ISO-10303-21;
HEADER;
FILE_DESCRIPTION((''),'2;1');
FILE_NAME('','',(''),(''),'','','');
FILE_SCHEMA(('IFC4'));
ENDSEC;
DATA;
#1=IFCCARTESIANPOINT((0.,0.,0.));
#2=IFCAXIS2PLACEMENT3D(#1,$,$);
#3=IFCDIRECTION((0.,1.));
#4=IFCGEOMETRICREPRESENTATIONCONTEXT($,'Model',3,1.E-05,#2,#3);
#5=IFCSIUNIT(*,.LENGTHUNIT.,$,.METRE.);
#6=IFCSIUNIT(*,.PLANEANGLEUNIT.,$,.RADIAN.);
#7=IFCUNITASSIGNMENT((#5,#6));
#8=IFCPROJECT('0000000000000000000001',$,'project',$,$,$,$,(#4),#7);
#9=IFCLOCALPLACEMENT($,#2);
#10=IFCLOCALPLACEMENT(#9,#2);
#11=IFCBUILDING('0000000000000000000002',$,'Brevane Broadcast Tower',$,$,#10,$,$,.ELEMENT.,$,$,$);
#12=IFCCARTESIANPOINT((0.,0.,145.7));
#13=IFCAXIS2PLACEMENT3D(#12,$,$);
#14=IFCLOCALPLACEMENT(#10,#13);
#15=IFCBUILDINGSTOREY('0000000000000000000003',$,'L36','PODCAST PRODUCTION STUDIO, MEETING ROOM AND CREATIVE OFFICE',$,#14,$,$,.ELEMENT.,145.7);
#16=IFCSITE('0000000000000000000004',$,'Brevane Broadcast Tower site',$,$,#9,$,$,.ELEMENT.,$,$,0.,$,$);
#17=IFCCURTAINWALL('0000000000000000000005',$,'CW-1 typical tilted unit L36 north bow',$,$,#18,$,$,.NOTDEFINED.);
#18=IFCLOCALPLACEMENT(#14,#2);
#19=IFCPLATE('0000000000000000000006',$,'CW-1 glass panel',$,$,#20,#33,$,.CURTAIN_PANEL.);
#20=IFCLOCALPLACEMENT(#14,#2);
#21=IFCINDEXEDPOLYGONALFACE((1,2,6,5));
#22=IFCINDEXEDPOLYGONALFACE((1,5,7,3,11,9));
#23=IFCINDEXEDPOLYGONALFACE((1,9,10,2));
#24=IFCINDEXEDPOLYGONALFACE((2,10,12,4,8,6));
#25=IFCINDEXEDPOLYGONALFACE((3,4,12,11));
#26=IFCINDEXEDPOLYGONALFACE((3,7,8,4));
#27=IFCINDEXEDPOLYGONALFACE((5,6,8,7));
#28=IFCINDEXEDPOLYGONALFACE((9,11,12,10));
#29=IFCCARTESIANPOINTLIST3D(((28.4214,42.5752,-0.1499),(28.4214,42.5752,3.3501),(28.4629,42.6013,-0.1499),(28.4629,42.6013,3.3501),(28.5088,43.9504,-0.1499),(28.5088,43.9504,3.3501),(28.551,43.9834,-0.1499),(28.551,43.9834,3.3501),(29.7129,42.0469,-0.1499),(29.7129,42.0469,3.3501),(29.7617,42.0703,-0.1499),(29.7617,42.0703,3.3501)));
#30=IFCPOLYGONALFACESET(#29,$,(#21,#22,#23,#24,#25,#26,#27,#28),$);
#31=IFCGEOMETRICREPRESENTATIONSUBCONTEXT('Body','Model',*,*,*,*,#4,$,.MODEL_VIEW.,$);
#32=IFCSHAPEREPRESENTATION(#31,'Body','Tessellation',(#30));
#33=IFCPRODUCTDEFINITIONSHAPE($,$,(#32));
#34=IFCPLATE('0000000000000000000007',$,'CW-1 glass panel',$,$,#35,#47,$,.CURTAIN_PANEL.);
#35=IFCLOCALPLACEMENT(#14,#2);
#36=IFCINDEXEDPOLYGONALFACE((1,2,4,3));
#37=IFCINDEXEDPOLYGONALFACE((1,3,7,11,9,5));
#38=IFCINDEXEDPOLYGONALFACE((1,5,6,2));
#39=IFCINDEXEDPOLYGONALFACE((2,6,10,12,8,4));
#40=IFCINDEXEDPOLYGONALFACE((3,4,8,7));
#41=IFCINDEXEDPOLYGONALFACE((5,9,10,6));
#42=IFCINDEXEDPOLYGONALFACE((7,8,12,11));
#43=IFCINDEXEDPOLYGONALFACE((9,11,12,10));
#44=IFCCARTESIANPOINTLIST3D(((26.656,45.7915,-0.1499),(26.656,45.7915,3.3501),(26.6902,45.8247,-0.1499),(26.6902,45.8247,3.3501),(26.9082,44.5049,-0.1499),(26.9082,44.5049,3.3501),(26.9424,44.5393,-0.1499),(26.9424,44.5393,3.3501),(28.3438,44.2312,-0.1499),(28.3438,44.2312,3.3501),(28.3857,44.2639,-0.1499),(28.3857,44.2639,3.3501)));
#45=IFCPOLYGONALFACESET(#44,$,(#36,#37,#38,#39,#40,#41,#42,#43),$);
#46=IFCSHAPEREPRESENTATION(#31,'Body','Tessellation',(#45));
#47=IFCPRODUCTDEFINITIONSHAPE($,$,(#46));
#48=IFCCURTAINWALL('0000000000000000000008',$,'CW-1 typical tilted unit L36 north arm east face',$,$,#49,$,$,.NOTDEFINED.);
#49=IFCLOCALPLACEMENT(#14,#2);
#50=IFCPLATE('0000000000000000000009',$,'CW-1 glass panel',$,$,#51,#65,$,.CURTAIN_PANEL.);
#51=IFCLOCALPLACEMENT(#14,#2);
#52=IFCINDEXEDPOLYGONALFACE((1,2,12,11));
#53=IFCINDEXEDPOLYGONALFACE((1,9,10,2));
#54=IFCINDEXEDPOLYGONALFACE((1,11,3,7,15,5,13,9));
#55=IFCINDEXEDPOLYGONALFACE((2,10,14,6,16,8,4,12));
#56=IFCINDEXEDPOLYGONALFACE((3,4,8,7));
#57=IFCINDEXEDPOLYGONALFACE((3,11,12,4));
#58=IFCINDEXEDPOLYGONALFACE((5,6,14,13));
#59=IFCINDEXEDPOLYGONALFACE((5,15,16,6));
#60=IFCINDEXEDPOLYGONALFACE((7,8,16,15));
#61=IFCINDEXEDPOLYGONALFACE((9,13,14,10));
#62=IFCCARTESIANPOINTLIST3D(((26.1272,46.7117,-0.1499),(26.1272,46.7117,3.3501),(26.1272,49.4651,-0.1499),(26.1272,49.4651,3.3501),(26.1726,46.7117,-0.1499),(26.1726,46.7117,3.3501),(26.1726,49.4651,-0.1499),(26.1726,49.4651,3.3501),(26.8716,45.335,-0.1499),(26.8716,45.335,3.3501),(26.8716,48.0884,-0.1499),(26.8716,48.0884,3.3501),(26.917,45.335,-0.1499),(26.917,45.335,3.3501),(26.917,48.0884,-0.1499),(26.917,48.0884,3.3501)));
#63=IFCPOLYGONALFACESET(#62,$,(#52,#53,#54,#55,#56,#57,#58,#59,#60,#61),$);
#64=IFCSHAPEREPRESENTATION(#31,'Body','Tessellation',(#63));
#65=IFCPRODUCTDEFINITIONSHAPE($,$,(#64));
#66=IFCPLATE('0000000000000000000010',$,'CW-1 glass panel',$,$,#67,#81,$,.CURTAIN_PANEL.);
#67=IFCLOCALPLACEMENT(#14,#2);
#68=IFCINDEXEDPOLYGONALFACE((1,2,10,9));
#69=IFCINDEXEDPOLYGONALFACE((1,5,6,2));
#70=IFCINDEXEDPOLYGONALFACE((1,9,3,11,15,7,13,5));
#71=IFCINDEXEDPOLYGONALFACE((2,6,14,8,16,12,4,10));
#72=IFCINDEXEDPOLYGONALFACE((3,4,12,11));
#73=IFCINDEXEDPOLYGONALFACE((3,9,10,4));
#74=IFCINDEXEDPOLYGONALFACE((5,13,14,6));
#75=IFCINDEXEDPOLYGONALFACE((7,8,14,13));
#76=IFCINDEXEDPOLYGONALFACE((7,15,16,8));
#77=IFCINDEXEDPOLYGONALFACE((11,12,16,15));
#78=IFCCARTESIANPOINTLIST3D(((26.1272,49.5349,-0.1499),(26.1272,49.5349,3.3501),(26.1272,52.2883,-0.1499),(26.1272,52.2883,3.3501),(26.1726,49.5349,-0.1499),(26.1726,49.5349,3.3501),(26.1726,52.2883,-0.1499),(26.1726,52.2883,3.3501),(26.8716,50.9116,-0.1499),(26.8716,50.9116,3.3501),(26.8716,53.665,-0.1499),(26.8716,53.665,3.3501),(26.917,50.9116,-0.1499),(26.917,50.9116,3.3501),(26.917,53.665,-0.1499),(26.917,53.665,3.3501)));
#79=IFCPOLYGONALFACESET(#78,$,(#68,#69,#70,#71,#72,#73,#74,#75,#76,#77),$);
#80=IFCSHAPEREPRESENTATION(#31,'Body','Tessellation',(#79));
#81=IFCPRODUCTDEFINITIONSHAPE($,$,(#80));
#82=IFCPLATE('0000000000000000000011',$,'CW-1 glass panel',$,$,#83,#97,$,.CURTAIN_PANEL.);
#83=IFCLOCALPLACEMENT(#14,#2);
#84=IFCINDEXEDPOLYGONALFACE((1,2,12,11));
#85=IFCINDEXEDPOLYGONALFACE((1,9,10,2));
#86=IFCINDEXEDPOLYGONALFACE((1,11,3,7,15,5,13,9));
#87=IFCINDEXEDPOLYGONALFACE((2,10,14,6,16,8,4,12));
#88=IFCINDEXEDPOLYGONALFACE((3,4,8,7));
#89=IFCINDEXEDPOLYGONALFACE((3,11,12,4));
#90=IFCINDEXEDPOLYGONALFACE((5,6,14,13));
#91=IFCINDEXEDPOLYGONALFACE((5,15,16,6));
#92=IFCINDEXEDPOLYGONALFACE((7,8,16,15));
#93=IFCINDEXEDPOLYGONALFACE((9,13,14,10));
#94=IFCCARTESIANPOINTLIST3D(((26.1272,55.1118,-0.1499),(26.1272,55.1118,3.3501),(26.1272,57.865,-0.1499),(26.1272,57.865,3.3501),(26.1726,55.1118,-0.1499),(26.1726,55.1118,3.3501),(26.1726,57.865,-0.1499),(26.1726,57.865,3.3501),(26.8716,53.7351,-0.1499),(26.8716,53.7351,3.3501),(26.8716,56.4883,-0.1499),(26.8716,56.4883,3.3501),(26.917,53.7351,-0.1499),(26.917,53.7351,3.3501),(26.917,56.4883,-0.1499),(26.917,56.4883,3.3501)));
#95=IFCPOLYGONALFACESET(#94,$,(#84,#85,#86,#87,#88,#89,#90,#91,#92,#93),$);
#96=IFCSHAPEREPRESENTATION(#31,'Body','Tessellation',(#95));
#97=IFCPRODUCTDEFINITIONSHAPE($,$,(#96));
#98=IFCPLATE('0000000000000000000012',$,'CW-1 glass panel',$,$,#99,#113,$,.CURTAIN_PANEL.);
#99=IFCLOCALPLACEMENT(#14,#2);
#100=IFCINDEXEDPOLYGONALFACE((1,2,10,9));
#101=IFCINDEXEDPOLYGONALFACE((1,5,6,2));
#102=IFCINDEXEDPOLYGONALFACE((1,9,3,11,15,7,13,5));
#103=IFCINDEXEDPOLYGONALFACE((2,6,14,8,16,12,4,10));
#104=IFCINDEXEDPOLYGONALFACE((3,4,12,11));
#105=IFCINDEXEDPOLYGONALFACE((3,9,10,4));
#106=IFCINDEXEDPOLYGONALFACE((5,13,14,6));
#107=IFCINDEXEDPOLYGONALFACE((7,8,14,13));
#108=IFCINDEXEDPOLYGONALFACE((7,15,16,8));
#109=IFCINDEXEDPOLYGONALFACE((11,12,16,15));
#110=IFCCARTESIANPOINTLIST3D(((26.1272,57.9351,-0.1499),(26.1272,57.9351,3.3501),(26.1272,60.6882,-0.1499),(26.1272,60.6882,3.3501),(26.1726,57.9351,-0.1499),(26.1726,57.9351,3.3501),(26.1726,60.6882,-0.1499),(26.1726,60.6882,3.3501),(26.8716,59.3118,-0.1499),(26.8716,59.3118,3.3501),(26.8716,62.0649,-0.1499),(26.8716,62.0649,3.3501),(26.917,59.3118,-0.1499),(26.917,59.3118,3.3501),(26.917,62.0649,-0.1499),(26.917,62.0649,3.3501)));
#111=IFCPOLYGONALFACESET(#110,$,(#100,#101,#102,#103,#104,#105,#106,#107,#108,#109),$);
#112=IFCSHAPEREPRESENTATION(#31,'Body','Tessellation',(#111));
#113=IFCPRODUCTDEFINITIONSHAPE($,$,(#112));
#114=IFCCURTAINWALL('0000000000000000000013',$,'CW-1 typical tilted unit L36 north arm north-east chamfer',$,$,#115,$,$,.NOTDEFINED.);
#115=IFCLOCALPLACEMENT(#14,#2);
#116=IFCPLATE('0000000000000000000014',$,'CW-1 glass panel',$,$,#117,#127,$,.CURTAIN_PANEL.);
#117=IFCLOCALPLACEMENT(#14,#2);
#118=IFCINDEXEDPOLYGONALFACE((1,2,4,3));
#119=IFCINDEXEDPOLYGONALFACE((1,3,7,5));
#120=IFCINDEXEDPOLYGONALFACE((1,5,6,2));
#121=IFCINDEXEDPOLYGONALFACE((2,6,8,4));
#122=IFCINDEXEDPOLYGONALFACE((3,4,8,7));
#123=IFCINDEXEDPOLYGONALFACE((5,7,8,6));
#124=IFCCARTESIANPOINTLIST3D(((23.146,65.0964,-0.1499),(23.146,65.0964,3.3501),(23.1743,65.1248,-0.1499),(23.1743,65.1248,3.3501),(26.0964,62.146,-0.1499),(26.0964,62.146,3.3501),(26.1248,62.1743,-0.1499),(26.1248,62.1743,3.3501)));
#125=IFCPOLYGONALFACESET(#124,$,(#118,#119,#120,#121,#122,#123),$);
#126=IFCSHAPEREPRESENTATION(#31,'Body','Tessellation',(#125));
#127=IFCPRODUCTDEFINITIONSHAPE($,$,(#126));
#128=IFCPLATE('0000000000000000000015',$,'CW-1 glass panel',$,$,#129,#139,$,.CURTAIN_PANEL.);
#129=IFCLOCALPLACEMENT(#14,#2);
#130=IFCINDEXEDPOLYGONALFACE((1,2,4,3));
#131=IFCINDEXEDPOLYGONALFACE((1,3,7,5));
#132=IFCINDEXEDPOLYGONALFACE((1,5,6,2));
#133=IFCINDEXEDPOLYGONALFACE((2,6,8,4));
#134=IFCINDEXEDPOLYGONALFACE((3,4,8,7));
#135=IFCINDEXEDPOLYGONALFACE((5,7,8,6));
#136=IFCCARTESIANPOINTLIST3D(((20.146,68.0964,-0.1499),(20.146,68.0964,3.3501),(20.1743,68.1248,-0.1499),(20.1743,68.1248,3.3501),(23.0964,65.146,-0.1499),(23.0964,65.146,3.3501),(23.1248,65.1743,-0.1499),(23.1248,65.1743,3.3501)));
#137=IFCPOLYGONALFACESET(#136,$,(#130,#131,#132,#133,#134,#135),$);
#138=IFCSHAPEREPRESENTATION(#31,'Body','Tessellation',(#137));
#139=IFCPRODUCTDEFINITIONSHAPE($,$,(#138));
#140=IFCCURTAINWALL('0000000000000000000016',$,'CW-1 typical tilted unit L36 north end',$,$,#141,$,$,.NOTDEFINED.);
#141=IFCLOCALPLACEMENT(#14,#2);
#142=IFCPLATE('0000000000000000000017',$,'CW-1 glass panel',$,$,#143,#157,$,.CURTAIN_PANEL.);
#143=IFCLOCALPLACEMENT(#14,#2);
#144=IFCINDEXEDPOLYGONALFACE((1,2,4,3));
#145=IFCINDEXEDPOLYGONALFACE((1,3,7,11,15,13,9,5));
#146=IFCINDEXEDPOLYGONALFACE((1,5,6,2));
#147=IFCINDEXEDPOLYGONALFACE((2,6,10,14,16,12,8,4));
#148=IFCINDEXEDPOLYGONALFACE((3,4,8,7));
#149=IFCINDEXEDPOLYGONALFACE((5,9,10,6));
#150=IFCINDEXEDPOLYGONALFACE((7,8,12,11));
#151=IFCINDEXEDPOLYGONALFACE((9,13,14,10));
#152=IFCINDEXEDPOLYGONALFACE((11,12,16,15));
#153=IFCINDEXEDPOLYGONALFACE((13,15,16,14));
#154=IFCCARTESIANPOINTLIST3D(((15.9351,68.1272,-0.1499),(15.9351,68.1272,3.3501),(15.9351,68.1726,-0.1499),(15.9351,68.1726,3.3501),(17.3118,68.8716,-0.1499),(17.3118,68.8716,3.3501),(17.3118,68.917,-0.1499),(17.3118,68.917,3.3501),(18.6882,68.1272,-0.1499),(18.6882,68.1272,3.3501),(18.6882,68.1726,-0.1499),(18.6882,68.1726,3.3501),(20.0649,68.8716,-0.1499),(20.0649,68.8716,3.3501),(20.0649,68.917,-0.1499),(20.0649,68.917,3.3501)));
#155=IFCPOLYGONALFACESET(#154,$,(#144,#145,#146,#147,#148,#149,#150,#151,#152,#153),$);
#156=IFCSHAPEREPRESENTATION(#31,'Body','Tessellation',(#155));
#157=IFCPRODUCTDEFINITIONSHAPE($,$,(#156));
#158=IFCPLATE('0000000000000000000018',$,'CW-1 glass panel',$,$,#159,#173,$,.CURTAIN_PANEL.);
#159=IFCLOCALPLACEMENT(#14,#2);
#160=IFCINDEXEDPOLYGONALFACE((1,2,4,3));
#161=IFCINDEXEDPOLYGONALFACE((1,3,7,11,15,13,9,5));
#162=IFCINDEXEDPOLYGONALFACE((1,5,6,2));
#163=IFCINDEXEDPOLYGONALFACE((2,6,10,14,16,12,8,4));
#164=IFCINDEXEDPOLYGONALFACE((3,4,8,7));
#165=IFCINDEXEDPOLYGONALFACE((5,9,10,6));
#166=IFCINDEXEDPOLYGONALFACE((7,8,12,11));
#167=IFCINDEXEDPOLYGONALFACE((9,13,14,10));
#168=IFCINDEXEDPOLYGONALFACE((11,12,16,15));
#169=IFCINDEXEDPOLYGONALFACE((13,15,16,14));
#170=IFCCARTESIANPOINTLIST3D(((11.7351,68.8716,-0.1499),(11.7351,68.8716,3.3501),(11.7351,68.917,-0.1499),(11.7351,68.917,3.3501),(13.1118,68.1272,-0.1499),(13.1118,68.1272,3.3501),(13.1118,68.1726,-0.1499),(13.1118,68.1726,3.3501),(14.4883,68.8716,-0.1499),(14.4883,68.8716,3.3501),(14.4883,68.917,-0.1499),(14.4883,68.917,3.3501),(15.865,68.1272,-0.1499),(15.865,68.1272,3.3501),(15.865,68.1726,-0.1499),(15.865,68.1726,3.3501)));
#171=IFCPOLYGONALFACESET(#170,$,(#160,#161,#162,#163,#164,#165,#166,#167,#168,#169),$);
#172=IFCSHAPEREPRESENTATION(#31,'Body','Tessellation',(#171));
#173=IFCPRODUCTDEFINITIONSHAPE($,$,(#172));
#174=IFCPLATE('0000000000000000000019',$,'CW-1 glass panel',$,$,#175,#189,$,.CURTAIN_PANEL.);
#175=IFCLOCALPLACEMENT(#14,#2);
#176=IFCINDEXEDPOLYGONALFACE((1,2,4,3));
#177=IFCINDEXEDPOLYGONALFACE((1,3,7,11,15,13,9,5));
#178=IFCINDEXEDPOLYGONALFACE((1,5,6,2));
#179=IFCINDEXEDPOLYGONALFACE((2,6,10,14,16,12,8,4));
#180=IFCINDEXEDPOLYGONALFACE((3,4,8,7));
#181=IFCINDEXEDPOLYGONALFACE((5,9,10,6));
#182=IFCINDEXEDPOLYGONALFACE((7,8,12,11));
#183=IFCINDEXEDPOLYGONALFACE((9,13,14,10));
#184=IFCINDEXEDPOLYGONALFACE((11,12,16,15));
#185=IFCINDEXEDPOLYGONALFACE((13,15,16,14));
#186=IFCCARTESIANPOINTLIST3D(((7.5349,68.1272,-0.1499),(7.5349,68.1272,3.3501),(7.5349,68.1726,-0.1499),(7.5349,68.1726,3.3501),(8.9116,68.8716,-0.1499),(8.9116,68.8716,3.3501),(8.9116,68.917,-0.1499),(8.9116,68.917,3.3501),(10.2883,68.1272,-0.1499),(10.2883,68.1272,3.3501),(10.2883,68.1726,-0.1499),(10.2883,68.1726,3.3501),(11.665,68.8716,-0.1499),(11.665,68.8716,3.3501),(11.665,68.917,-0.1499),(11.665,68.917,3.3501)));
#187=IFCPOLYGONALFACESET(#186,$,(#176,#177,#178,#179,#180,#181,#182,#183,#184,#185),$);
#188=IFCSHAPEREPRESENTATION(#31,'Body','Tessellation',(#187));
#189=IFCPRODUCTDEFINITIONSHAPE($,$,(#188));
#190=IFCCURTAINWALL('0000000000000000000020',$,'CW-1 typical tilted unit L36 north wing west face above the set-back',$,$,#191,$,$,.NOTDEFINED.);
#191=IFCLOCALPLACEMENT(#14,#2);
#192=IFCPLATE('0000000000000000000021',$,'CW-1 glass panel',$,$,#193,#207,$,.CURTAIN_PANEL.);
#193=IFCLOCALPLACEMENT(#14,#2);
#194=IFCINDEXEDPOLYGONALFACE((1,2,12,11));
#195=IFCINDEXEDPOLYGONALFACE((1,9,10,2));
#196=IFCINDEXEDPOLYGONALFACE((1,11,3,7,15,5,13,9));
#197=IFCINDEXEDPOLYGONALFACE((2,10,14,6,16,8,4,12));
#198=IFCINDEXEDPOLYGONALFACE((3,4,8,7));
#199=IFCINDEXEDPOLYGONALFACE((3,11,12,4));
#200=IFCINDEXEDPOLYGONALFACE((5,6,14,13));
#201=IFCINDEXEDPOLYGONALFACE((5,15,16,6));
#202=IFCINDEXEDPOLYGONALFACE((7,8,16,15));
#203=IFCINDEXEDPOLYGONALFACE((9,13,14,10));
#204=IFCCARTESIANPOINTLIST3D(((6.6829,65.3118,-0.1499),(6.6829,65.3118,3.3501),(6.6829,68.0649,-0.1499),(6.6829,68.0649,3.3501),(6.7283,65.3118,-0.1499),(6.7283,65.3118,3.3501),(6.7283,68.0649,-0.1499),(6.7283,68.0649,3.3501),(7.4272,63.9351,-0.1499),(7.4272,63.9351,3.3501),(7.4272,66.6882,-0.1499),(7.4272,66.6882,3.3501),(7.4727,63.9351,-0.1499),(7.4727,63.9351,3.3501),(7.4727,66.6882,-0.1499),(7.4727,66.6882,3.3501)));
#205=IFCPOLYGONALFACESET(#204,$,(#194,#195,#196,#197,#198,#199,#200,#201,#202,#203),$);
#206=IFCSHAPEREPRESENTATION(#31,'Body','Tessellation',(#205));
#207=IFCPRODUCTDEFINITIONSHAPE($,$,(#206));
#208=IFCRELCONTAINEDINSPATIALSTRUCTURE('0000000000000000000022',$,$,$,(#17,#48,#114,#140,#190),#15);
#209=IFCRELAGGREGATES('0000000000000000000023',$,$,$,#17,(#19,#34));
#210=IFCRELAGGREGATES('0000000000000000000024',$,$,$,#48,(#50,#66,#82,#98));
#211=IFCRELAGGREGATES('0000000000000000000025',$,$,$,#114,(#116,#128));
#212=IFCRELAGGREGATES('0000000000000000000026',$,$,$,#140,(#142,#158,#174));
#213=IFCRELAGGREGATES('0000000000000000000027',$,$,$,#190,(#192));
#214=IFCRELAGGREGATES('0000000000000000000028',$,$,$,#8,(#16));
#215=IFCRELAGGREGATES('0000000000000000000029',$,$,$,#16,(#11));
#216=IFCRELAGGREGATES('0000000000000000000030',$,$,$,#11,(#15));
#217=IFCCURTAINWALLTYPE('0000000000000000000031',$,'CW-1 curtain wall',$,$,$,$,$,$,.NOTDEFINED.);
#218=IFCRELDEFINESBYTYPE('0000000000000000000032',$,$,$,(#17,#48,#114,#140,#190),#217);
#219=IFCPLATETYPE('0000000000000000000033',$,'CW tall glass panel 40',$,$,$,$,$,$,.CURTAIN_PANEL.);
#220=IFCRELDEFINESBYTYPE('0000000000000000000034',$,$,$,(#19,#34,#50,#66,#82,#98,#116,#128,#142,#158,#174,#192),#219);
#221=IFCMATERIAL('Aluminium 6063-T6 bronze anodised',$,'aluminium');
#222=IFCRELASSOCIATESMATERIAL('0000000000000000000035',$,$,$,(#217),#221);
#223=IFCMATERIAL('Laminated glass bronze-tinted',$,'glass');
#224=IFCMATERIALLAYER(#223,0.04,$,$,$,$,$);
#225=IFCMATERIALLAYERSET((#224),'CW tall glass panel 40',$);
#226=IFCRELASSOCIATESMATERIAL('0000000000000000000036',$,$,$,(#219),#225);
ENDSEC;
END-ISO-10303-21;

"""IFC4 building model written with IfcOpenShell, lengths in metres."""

from ifc_helpers import new_model, si_unit, direction, frame, origin, place, context, subcontext, project, spatial, polyline, outline, extrude, material, layer, layer_set, type_object, element, aggregate, save


model = new_model("IFC4")

# Units and contexts
model_context = context("Model", 3, precision=1e-05, world=origin(), true_north=direction((0.0, 1.0)))
body_context = subcontext(model_context, "Body", "Model", "MODEL_VIEW")
ifc_project = project(units=[si_unit("LENGTHUNIT", "METRE"), si_unit("PLANEANGLEUNIT", "RADIAN")], contexts=[model_context])

# Site, building, storey
site_placement = place(None, origin())
site = spatial("IfcSite", under=ifc_project, at=site_placement, Name="Brevane Broadcast Tower site", CompositionType="ELEMENT", RefElevation=0.0)
building_placement = place(site_placement, origin())
building = spatial("IfcBuilding", under=site, at=building_placement, Name="Brevane Broadcast Tower", CompositionType="ELEMENT")
storey_placement = place(building_placement, frame((0.0, 0.0, 145.7)))
storey = spatial("IfcBuildingStorey", under=building, at=storey_placement, Name="L36", Description="PODCAST PRODUCTION STUDIO, MEETING ROOM AND CREATIVE OFFICE", CompositionType="ELEMENT", Elevation=145.7)

# Shared definitions
ifc_material_1 = material(Name="Aluminium 6063-T6 bronze anodised", Category="aluminium")
curtain_wall_type = type_object("IfcCurtainWallType", Name="CW-1 curtain wall", PredefinedType="NOTDEFINED", material=ifc_material_1)

# Curtain walls, plates
ifc_material_2 = material(Name="Laminated glass bronze-tinted", Category="glass")
ifc_layer = layer(ifc_material_2, 0.04)
ifc_layer_set = layer_set([ifc_layer], Name="CW tall glass panel 40")
plate_type = type_object("IfcPlateType", Name="CW tall glass panel 40", PredefinedType="CURTAIN_PANEL", material=ifc_layer_set)
curtain_wall_1_placement = place(storey_placement, origin())
curtain_wall_1 = element("IfcCurtainWall", 1, at=curtain_wall_1_placement, inside=storey, type_object=curtain_wall_type, Name="CW-1 typical tilted unit L36 north bow", PredefinedType="NOTDEFINED")
plate_1_placement = place(storey_placement, frame((0.0, 0.0, -0.1499)))
plate_1 = element("IfcPlate", 2, at=plate_1_placement, type_object=plate_type, Name="CW-1 glass panel", PredefinedType="CURTAIN_PANEL", context=body_context, shape_type="SweptSolid", body=[
    extrude(outline(polyline([(29.7129, 42.0469), (29.7617, 42.0703), (28.4629, 42.6013), (28.551, 43.9834), (28.5088, 43.9504), (28.4214, 42.5752), (29.7129, 42.0469)])), origin(), (0.0, 0.0, 1.0), 3.5),
])
plate_2_placement = place(storey_placement, frame((0.0, 0.0, -0.1499)))
plate_2 = element("IfcPlate", 3, at=plate_2_placement, type_object=plate_type, Name="CW-1 glass panel", PredefinedType="CURTAIN_PANEL", context=body_context, shape_type="SweptSolid", body=[
    extrude(outline(polyline([(28.3438, 44.2312), (28.3857, 44.2639), (26.9424, 44.5393), (26.6902, 45.8247), (26.656, 45.7915), (26.9082, 44.5049), (28.3438, 44.2312)])), origin(), (0.0, 0.0, 1.0), 3.5),
])
aggregate(curtain_wall_1, [plate_1, plate_2])
curtain_wall_2_placement = place(storey_placement, origin())
curtain_wall_2 = element("IfcCurtainWall", 4, at=curtain_wall_2_placement, inside=storey, type_object=curtain_wall_type, Name="CW-1 typical tilted unit L36 north arm east face", PredefinedType="NOTDEFINED")
plate_3_placement = place(storey_placement, frame((0.0, 0.0, -0.1499)))
plate_3 = element("IfcPlate", 5, at=plate_3_placement, type_object=plate_type, Name="CW-1 glass panel", PredefinedType="CURTAIN_PANEL", context=body_context, shape_type="SweptSolid", body=[
    extrude(outline(polyline([(26.8716, 45.335), (26.917, 45.335), (26.1726, 46.7117), (26.917, 48.0884), (26.1726, 49.4651), (26.1272, 49.4651), (26.8716, 48.0884), (26.1272, 46.7117), (26.8716, 45.335)])), origin(), (0.0, 0.0, 1.0), 3.5),
])
plate_4_placement = place(storey_placement, frame((0.0, 0.0, -0.1499)))
plate_4 = element("IfcPlate", 6, at=plate_4_placement, type_object=plate_type, Name="CW-1 glass panel", PredefinedType="CURTAIN_PANEL", context=body_context, shape_type="SweptSolid", body=[
    extrude(outline(polyline([(26.1272, 49.5349), (26.1726, 49.5349), (26.917, 50.9116), (26.1726, 52.2883), (26.917, 53.665), (26.8716, 53.665), (26.1272, 52.2883), (26.8716, 50.9116), (26.1272, 49.5349)])), origin(), (0.0, 0.0, 1.0), 3.5),
])
plate_5_placement = place(storey_placement, frame((0.0, 0.0, -0.1499)))
plate_5 = element("IfcPlate", 7, at=plate_5_placement, type_object=plate_type, Name="CW-1 glass panel", PredefinedType="CURTAIN_PANEL", context=body_context, shape_type="SweptSolid", body=[
    extrude(outline(polyline([(26.8716, 53.7351), (26.917, 53.7351), (26.1726, 55.1118), (26.917, 56.4883), (26.1726, 57.865), (26.1272, 57.865), (26.8716, 56.4883), (26.1272, 55.1118), (26.8716, 53.7351)])), origin(), (0.0, 0.0, 1.0), 3.5),
])
plate_6_placement = place(storey_placement, frame((0.0, 0.0, -0.1499)))
plate_6 = element("IfcPlate", 8, at=plate_6_placement, type_object=plate_type, Name="CW-1 glass panel", PredefinedType="CURTAIN_PANEL", context=body_context, shape_type="SweptSolid", body=[
    extrude(outline(polyline([(26.1272, 57.9351), (26.1726, 57.9351), (26.917, 59.3118), (26.1726, 60.6882), (26.917, 62.0649), (26.8716, 62.0649), (26.1272, 60.6882), (26.8716, 59.3118), (26.1272, 57.9351)])), origin(), (0.0, 0.0, 1.0), 3.5),
])
aggregate(curtain_wall_2, [plate_3, plate_4, plate_5, plate_6])
curtain_wall_3_placement = place(storey_placement, origin())
curtain_wall_3 = element("IfcCurtainWall", 9, at=curtain_wall_3_placement, inside=storey, type_object=curtain_wall_type, Name="CW-1 typical tilted unit L36 north arm north-east chamfer", PredefinedType="NOTDEFINED")
plate_7_placement = place(storey_placement, frame((0.0, 0.0, -0.1499)))
plate_7 = element("IfcPlate", 10, at=plate_7_placement, type_object=plate_type, Name="CW-1 glass panel", PredefinedType="CURTAIN_PANEL", context=body_context, shape_type="SweptSolid", body=[
    extrude(outline(polyline([(26.0964, 62.146), (23.146, 65.0964), (23.1743, 65.1248), (26.1248, 62.1743), (26.0964, 62.146)])), origin(), (0.0, 0.0, 1.0), 3.5),
])
plate_8_placement = place(storey_placement, frame((0.0, 0.0, -0.1499)))
plate_8 = element("IfcPlate", 11, at=plate_8_placement, type_object=plate_type, Name="CW-1 glass panel", PredefinedType="CURTAIN_PANEL", context=body_context, shape_type="SweptSolid", body=[
    extrude(outline(polyline([(23.0964, 65.146), (20.146, 68.0964), (20.1743, 68.1248), (23.1248, 65.1743), (23.0964, 65.146)])), origin(), (0.0, 0.0, 1.0), 3.5),
])
aggregate(curtain_wall_3, [plate_7, plate_8])
curtain_wall_4_placement = place(storey_placement, origin())
curtain_wall_4 = element("IfcCurtainWall", 12, at=curtain_wall_4_placement, inside=storey, type_object=curtain_wall_type, Name="CW-1 typical tilted unit L36 north end", PredefinedType="NOTDEFINED")
plate_9_placement = place(storey_placement, frame((0.0, 0.0, -0.1499)))
plate_9 = element("IfcPlate", 13, at=plate_9_placement, type_object=plate_type, Name="CW-1 glass panel", PredefinedType="CURTAIN_PANEL", context=body_context, shape_type="SweptSolid", body=[
    extrude(outline(polyline([(20.0649, 68.8716), (20.0649, 68.917), (18.6882, 68.1726), (17.3118, 68.917), (15.9351, 68.1726), (15.9351, 68.1272), (17.3118, 68.8716), (18.6882, 68.1272), (20.0649, 68.8716)])), origin(), (0.0, 0.0, 1.0), 3.5),
])
plate_10_placement = place(storey_placement, frame((0.0, 0.0, -0.1499)))
plate_10 = element("IfcPlate", 14, at=plate_10_placement, type_object=plate_type, Name="CW-1 glass panel", PredefinedType="CURTAIN_PANEL", context=body_context, shape_type="SweptSolid", body=[
    extrude(outline(polyline([(15.865, 68.1272), (15.865, 68.1726), (14.4883, 68.917), (13.1118, 68.1726), (11.7351, 68.917), (11.7351, 68.8716), (13.1118, 68.1272), (14.4883, 68.8716), (15.865, 68.1272)])), origin(), (0.0, 0.0, 1.0), 3.5),
])
plate_11_placement = place(storey_placement, frame((0.0, 0.0, -0.1499)))
plate_11 = element("IfcPlate", 15, at=plate_11_placement, type_object=plate_type, Name="CW-1 glass panel", PredefinedType="CURTAIN_PANEL", context=body_context, shape_type="SweptSolid", body=[
    extrude(outline(polyline([(11.665, 68.8716), (11.665, 68.917), (10.2883, 68.1726), (8.9116, 68.917), (7.5349, 68.1726), (7.5349, 68.1272), (8.9116, 68.8716), (10.2883, 68.1272), (11.665, 68.8716)])), origin(), (0.0, 0.0, 1.0), 3.5),
])
aggregate(curtain_wall_4, [plate_9, plate_10, plate_11])
curtain_wall_5_placement = place(storey_placement, origin())
curtain_wall_5 = element("IfcCurtainWall", 16, at=curtain_wall_5_placement, inside=storey, type_object=curtain_wall_type, Name="CW-1 typical tilted unit L36 north wing west face above the set-back", PredefinedType="NOTDEFINED")
plate_12_placement = place(storey_placement, frame((0.0, 0.0, -0.1499)))
plate_12 = element("IfcPlate", 17, at=plate_12_placement, type_object=plate_type, Name="CW-1 glass panel", PredefinedType="CURTAIN_PANEL", context=body_context, shape_type="SweptSolid", body=[
    extrude(outline(polyline([(6.7283, 68.0649), (6.6829, 68.0649), (7.4272, 66.6882), (6.6829, 65.3118), (7.4272, 63.9351), (7.4727, 63.9351), (6.7283, 65.3118), (7.4727, 66.6882), (6.7283, 68.0649)])), origin(), (0.0, 0.0, 1.0), 3.5),
])
aggregate(curtain_wall_5, [plate_12])

save(model, "model.ifc")
